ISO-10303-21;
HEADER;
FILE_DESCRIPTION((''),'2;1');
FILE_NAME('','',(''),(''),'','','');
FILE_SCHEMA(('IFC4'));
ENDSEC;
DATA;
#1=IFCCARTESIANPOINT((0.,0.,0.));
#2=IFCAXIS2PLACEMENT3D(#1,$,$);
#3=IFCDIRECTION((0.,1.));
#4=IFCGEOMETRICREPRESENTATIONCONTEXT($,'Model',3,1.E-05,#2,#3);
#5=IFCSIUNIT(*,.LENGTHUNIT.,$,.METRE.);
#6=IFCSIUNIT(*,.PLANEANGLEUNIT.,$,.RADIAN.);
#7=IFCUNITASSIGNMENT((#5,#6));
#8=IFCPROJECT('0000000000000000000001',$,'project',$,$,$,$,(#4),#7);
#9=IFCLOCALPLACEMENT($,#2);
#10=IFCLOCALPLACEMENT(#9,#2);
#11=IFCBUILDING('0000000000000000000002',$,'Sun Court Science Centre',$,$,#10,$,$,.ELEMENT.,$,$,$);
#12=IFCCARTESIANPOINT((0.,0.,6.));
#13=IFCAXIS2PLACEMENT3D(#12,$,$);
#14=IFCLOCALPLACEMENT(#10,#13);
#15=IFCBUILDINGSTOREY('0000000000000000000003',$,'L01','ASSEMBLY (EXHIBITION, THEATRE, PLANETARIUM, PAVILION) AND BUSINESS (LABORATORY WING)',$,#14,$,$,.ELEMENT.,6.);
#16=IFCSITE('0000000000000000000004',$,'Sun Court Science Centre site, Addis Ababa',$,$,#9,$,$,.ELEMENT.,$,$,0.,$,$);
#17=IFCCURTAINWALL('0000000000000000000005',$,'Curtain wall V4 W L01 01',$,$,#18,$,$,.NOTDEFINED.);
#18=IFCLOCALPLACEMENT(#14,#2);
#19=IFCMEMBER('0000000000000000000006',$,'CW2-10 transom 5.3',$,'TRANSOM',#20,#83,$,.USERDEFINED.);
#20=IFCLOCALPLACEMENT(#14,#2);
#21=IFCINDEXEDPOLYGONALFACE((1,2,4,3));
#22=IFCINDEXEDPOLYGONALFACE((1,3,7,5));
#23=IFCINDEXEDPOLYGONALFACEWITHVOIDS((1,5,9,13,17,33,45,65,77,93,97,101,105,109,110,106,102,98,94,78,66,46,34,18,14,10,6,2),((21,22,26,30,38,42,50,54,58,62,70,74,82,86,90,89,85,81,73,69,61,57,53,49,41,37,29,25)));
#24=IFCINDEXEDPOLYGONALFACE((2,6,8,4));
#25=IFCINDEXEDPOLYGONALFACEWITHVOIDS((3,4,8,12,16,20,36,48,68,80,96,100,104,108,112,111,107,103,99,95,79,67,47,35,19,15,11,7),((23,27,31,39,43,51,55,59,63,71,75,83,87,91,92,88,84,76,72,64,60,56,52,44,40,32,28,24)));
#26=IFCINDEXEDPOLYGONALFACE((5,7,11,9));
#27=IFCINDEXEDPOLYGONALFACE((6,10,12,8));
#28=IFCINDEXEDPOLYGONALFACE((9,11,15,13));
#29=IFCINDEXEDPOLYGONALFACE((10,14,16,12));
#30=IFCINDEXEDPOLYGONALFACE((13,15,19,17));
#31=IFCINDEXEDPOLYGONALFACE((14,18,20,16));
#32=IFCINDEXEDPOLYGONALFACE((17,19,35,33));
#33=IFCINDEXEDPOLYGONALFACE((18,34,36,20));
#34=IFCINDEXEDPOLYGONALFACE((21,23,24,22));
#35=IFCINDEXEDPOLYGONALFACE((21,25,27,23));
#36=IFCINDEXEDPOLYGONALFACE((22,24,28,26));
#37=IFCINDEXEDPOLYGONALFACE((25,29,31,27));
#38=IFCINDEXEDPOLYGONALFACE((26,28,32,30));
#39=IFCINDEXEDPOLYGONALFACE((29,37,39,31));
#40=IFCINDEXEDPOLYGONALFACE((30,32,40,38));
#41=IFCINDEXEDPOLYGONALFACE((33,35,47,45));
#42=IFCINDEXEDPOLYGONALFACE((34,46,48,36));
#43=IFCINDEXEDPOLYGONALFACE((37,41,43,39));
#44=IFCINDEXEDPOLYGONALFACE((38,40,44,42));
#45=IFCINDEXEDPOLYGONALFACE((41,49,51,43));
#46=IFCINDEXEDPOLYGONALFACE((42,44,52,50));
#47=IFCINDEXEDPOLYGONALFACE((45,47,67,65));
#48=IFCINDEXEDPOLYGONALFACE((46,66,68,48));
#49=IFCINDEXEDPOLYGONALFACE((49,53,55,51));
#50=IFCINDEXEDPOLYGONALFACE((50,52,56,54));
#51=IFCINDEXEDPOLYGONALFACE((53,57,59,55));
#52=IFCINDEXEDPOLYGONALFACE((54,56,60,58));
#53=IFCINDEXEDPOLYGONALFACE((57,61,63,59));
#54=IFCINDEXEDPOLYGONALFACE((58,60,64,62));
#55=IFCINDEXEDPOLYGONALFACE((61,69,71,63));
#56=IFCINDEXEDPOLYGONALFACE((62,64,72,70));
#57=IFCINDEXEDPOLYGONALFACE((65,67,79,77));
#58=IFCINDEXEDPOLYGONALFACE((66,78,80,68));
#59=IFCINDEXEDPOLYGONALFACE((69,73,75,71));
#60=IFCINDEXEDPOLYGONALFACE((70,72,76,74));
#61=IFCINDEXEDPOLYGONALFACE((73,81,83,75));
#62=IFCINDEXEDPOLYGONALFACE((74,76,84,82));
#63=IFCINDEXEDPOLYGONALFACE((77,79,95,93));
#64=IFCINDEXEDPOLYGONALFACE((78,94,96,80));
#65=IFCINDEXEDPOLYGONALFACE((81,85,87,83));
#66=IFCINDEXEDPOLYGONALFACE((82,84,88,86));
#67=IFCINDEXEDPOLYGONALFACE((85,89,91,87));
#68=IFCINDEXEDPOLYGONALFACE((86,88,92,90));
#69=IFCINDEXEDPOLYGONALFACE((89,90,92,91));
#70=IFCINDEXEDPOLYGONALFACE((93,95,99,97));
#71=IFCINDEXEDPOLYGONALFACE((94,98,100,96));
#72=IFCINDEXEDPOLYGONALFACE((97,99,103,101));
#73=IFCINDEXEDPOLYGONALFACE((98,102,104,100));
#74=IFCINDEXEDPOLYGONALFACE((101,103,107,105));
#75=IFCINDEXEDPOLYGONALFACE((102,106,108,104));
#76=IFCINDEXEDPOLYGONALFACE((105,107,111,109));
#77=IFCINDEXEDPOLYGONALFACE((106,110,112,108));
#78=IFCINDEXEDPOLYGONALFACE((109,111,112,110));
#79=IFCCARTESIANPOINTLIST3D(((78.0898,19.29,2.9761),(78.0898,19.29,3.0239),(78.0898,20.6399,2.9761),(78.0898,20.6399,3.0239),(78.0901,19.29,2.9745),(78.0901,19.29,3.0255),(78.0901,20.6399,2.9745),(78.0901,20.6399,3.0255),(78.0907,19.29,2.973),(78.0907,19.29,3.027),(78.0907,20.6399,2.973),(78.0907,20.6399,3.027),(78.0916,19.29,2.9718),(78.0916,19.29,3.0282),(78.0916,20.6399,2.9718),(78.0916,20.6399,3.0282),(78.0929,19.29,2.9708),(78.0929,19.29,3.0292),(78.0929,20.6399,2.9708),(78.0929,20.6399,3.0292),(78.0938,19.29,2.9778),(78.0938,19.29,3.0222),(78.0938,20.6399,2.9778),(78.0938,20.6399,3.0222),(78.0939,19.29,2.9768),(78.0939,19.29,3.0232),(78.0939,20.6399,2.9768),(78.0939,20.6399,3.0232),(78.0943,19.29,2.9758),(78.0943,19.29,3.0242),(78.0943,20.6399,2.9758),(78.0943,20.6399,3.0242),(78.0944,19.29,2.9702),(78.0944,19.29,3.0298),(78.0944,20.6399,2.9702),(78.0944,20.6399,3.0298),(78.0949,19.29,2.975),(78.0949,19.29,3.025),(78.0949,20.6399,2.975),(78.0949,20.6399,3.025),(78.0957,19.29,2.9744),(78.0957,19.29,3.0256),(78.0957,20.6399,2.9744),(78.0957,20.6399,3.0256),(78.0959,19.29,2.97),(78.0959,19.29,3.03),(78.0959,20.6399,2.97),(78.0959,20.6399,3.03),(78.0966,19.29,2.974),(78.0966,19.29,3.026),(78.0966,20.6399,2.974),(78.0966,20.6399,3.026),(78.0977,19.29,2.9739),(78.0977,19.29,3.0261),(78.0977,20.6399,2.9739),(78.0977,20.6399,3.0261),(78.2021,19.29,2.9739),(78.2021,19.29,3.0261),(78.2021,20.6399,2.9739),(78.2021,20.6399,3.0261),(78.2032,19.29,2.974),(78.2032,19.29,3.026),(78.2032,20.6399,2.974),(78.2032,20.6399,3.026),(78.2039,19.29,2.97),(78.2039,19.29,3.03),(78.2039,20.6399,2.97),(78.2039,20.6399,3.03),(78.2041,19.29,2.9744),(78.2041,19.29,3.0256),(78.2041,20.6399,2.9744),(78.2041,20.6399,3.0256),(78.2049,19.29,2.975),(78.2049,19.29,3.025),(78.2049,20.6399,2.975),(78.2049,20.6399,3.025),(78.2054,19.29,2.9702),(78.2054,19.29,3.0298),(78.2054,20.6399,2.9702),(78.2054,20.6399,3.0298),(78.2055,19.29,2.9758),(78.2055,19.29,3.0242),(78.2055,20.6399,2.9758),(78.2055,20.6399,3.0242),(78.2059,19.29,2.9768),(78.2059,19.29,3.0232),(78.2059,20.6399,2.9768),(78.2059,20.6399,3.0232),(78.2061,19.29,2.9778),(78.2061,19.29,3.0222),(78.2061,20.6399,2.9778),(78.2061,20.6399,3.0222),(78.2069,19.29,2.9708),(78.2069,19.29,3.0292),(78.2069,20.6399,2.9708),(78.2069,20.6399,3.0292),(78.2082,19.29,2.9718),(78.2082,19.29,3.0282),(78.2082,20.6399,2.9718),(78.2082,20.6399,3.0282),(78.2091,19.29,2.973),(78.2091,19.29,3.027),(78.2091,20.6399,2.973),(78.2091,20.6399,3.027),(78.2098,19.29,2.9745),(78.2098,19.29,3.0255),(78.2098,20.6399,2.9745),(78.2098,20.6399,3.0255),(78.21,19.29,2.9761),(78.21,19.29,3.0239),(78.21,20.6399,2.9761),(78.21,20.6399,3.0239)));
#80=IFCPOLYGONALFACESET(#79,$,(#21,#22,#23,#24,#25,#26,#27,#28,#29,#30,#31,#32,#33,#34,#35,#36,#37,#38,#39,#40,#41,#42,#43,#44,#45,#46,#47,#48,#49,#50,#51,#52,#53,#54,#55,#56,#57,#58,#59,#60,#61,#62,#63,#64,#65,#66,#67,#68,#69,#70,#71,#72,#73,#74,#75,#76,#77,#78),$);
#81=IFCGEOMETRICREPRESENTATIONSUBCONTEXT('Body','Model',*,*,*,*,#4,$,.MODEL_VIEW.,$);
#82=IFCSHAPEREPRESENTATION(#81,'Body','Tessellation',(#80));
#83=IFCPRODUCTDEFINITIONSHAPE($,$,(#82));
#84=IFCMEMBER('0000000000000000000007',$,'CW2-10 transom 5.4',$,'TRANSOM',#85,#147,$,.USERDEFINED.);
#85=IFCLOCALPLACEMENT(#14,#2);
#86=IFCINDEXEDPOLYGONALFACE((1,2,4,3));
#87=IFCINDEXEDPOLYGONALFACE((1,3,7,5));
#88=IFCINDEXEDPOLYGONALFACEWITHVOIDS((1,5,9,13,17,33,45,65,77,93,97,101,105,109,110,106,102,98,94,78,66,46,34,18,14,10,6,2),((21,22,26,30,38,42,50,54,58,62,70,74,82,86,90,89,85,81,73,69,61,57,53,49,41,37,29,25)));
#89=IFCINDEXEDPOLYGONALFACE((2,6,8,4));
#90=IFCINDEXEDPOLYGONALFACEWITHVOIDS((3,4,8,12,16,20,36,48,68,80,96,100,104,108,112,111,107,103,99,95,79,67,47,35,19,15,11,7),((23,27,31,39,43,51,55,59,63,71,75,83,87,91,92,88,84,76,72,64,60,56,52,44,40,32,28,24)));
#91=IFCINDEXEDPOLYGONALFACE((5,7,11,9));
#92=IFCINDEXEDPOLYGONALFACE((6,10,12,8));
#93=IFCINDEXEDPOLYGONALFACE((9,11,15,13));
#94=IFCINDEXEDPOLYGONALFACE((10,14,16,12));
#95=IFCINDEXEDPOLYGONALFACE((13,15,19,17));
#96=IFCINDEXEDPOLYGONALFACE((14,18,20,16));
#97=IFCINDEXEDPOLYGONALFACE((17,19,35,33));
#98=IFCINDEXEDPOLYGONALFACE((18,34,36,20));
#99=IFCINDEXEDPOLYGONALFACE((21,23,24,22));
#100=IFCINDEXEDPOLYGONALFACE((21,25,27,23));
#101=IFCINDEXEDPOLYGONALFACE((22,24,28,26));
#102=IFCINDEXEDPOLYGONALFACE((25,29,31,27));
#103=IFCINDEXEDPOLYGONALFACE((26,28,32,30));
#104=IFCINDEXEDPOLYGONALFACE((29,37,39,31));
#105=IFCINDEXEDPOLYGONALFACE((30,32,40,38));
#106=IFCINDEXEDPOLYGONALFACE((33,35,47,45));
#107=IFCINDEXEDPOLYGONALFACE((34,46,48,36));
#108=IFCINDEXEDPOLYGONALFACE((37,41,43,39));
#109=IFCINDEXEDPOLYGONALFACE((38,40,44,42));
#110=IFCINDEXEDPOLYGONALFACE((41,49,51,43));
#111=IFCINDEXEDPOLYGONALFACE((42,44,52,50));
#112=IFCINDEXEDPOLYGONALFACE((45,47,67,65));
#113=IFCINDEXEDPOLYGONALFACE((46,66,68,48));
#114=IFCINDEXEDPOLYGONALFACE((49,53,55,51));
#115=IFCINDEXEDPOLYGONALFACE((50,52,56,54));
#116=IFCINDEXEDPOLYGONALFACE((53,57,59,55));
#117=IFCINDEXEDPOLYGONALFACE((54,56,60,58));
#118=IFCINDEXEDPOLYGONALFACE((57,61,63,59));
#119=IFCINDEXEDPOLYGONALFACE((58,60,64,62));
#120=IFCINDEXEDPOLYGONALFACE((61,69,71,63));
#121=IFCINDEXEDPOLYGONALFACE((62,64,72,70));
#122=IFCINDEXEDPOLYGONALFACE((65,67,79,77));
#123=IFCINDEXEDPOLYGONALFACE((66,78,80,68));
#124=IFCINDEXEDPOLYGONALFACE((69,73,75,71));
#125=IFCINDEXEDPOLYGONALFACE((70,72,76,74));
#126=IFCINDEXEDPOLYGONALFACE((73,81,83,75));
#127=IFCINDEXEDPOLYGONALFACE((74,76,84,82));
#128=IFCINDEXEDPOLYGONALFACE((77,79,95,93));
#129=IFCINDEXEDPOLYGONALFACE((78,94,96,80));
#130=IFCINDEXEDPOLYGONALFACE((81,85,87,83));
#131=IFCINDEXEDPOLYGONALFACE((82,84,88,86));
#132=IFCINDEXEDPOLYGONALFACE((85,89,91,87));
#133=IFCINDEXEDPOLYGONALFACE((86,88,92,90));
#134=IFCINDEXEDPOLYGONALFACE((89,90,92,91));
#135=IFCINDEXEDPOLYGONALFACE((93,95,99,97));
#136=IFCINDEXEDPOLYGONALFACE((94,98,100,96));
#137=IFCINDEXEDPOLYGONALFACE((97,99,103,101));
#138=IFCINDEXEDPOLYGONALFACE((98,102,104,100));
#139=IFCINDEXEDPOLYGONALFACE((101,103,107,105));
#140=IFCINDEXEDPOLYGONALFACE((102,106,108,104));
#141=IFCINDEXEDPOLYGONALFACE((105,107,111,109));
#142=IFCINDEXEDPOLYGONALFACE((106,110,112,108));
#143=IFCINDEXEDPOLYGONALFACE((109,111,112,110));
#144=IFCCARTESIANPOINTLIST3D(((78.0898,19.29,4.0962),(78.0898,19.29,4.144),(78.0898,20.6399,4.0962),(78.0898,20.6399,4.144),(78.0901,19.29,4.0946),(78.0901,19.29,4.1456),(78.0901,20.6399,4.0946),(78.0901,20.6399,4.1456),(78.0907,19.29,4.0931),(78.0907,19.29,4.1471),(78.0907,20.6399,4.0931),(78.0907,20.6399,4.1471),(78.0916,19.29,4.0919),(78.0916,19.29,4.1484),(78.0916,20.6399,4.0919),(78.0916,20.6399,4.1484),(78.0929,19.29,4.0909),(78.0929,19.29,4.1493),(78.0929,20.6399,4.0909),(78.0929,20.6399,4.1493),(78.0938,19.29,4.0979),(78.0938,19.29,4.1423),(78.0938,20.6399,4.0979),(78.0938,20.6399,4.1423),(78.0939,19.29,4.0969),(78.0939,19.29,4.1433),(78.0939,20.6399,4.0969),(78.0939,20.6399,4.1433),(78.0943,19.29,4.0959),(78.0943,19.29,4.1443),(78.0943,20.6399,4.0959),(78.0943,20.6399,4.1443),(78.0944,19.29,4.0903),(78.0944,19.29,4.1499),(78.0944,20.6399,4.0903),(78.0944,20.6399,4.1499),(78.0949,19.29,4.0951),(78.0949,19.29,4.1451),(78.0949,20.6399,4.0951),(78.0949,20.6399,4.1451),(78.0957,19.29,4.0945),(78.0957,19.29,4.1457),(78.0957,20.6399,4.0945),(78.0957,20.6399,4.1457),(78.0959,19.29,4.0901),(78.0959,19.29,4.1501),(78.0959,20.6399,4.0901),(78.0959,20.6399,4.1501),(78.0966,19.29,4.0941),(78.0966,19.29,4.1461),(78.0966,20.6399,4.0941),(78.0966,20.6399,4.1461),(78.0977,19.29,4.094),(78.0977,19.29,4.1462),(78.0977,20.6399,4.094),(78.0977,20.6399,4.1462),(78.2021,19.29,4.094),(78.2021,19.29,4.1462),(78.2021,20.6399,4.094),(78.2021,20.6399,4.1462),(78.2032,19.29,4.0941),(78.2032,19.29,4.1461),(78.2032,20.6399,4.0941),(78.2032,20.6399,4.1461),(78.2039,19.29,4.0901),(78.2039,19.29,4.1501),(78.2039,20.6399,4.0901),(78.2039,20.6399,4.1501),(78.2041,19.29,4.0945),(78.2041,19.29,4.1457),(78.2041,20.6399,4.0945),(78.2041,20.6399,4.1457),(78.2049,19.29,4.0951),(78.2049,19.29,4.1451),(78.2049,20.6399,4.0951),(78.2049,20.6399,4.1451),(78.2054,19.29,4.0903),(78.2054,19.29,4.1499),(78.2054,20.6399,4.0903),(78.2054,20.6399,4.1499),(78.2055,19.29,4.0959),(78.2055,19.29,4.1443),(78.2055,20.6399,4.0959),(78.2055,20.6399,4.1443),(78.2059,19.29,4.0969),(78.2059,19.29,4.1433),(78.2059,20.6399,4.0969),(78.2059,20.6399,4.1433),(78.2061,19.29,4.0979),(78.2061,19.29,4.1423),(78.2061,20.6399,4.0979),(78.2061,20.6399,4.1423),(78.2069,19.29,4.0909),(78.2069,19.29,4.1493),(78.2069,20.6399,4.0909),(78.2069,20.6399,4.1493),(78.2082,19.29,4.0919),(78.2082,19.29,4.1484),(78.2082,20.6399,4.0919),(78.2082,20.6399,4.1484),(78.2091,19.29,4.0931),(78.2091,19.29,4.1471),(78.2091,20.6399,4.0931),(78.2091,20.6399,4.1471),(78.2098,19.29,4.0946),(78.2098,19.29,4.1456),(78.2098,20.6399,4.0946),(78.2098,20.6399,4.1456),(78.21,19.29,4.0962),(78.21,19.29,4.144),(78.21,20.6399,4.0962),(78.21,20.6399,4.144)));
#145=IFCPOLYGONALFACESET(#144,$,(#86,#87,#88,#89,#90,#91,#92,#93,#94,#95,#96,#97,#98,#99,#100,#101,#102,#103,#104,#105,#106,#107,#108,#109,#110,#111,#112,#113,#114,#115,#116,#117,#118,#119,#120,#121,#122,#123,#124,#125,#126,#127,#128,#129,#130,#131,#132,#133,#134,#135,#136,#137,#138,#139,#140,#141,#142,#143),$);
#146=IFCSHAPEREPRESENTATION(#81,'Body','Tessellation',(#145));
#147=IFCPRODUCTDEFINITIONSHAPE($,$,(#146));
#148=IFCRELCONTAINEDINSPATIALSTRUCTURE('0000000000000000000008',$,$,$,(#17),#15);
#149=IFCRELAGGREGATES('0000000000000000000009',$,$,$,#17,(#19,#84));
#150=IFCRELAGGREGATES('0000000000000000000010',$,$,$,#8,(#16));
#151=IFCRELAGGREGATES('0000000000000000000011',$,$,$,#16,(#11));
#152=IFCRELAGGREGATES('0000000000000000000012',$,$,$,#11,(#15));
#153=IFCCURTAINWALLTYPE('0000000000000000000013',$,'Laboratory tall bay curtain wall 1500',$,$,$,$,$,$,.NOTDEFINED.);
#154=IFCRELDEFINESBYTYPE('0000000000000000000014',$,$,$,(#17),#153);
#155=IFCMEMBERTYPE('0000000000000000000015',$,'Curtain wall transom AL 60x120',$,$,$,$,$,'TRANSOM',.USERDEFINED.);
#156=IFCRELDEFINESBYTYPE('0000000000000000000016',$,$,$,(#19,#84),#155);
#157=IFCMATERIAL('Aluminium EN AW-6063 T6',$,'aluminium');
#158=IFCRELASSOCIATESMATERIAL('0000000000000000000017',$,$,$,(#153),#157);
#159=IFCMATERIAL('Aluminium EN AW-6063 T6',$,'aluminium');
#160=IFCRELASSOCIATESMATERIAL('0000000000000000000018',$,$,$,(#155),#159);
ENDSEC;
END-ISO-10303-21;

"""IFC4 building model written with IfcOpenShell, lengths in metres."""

from ifc_helpers import new_model, si_unit, direction, frame, origin, origin_2d, place, context, subcontext, project, spatial, hollow_rectangle, extrude, material, material_profile, profile_set, type_object, element, aggregate, save


model = new_model("IFC4")

# Units and contexts
model_context = context("Model", 3, precision=1e-05, world=origin(), true_north=direction((0.0, 1.0)))
body_context = subcontext(model_context, "Body", "Model", "MODEL_VIEW")
ifc_project = project(units=[si_unit("LENGTHUNIT", "METRE"), si_unit("PLANEANGLEUNIT", "RADIAN")], contexts=[model_context])

# Site, building, storey
site_placement = place(None, origin())
site = spatial("IfcSite", under=ifc_project, at=site_placement, Name="Sun Court Science Centre site, Addis Ababa", CompositionType="ELEMENT", RefElevation=0.0)
building_placement = place(site_placement, origin())
building = spatial("IfcBuilding", under=site, at=building_placement, Name="Sun Court Science Centre", CompositionType="ELEMENT")
storey_placement = place(building_placement, frame((0.0, 0.0, 6.0)))
storey = spatial("IfcBuildingStorey", under=building, at=storey_placement, Name="L01", Description="ASSEMBLY (EXHIBITION, THEATRE, PLANETARIUM, PAVILION) AND BUSINESS (LABORATORY WING)", CompositionType="ELEMENT", Elevation=6.0)

# Curtain wall
ifc_material_1 = material(Name="Aluminium EN AW-6063 T6", Category="aluminium")
curtain_wall_type = type_object("IfcCurtainWallType", Name="Laboratory tall bay curtain wall 1500", PredefinedType="NOTDEFINED", material=ifc_material_1)
curtain_wall_1_placement = place(storey_placement, origin())
curtain_wall_1 = element("IfcCurtainWall", 1, at=curtain_wall_1_placement, inside=storey, type_object=curtain_wall_type, Name="Curtain wall V4 W L01 01", PredefinedType="NOTDEFINED")

# Members
ifc_material_2 = material(Name="Aluminium EN AW-6063 T6", Category="aluminium")
ifc_material_profile_1 = material_profile(ifc_material_2, hollow_rectangle(XDim=0.0601, YDim=0.1201, WallThickness=0.0039, InnerFilletRadius=0.0039, OuterFilletRadius=0.0061, at=origin_2d()), Name="AL 60x120x4")
ifc_profile_set_1 = profile_set([ifc_material_profile_1], Name="Aluminium EN AW-6063 T6")
member_type_1 = type_object("IfcMemberType", Name="Curtain wall transom AL 60x120", ElementType="TRANSOM", PredefinedType="USERDEFINED", material=ifc_profile_set_1)
member_1_placement = place(storey_placement, frame((78.1499, 19.29, 3.0), z_axis=(0.0, 1.0, 0.0), x_axis=(0.0, 0.0, 1.0)))
member_1 = element("IfcMember", 2, at=member_1_placement, type_object=member_type_1, Name="CW2-10 transom 5.3", ObjectType="TRANSOM", PredefinedType="USERDEFINED", context=body_context, shape_type="SweptSolid", body=[
    extrude(hollow_rectangle(XDim=0.0601, YDim=0.1201, WallThickness=0.0039, InnerFilletRadius=0.0039, OuterFilletRadius=0.0061, at=origin_2d()), origin(), (0.0, 0.0, 1.0), 1.3499),
])
member_2_placement = place(storey_placement, frame((78.1499, 19.29, 4.1201), z_axis=(0.0, 1.0, 0.0), x_axis=(0.0, 0.0, 1.0)))
member_2 = element("IfcMember", 3, at=member_2_placement, type_object=member_type_1, Name="CW2-10 transom 5.4", ObjectType="TRANSOM", PredefinedType="USERDEFINED", context=body_context, shape_type="SweptSolid", body=[
    extrude(hollow_rectangle(XDim=0.0601, YDim=0.1201, WallThickness=0.0039, InnerFilletRadius=0.0039, OuterFilletRadius=0.0061, at=origin_2d()), origin(), (0.0, 0.0, 1.0), 1.3499),
])

aggregate(curtain_wall_1, [member_1, member_2])

save(model, "model.ifc")
